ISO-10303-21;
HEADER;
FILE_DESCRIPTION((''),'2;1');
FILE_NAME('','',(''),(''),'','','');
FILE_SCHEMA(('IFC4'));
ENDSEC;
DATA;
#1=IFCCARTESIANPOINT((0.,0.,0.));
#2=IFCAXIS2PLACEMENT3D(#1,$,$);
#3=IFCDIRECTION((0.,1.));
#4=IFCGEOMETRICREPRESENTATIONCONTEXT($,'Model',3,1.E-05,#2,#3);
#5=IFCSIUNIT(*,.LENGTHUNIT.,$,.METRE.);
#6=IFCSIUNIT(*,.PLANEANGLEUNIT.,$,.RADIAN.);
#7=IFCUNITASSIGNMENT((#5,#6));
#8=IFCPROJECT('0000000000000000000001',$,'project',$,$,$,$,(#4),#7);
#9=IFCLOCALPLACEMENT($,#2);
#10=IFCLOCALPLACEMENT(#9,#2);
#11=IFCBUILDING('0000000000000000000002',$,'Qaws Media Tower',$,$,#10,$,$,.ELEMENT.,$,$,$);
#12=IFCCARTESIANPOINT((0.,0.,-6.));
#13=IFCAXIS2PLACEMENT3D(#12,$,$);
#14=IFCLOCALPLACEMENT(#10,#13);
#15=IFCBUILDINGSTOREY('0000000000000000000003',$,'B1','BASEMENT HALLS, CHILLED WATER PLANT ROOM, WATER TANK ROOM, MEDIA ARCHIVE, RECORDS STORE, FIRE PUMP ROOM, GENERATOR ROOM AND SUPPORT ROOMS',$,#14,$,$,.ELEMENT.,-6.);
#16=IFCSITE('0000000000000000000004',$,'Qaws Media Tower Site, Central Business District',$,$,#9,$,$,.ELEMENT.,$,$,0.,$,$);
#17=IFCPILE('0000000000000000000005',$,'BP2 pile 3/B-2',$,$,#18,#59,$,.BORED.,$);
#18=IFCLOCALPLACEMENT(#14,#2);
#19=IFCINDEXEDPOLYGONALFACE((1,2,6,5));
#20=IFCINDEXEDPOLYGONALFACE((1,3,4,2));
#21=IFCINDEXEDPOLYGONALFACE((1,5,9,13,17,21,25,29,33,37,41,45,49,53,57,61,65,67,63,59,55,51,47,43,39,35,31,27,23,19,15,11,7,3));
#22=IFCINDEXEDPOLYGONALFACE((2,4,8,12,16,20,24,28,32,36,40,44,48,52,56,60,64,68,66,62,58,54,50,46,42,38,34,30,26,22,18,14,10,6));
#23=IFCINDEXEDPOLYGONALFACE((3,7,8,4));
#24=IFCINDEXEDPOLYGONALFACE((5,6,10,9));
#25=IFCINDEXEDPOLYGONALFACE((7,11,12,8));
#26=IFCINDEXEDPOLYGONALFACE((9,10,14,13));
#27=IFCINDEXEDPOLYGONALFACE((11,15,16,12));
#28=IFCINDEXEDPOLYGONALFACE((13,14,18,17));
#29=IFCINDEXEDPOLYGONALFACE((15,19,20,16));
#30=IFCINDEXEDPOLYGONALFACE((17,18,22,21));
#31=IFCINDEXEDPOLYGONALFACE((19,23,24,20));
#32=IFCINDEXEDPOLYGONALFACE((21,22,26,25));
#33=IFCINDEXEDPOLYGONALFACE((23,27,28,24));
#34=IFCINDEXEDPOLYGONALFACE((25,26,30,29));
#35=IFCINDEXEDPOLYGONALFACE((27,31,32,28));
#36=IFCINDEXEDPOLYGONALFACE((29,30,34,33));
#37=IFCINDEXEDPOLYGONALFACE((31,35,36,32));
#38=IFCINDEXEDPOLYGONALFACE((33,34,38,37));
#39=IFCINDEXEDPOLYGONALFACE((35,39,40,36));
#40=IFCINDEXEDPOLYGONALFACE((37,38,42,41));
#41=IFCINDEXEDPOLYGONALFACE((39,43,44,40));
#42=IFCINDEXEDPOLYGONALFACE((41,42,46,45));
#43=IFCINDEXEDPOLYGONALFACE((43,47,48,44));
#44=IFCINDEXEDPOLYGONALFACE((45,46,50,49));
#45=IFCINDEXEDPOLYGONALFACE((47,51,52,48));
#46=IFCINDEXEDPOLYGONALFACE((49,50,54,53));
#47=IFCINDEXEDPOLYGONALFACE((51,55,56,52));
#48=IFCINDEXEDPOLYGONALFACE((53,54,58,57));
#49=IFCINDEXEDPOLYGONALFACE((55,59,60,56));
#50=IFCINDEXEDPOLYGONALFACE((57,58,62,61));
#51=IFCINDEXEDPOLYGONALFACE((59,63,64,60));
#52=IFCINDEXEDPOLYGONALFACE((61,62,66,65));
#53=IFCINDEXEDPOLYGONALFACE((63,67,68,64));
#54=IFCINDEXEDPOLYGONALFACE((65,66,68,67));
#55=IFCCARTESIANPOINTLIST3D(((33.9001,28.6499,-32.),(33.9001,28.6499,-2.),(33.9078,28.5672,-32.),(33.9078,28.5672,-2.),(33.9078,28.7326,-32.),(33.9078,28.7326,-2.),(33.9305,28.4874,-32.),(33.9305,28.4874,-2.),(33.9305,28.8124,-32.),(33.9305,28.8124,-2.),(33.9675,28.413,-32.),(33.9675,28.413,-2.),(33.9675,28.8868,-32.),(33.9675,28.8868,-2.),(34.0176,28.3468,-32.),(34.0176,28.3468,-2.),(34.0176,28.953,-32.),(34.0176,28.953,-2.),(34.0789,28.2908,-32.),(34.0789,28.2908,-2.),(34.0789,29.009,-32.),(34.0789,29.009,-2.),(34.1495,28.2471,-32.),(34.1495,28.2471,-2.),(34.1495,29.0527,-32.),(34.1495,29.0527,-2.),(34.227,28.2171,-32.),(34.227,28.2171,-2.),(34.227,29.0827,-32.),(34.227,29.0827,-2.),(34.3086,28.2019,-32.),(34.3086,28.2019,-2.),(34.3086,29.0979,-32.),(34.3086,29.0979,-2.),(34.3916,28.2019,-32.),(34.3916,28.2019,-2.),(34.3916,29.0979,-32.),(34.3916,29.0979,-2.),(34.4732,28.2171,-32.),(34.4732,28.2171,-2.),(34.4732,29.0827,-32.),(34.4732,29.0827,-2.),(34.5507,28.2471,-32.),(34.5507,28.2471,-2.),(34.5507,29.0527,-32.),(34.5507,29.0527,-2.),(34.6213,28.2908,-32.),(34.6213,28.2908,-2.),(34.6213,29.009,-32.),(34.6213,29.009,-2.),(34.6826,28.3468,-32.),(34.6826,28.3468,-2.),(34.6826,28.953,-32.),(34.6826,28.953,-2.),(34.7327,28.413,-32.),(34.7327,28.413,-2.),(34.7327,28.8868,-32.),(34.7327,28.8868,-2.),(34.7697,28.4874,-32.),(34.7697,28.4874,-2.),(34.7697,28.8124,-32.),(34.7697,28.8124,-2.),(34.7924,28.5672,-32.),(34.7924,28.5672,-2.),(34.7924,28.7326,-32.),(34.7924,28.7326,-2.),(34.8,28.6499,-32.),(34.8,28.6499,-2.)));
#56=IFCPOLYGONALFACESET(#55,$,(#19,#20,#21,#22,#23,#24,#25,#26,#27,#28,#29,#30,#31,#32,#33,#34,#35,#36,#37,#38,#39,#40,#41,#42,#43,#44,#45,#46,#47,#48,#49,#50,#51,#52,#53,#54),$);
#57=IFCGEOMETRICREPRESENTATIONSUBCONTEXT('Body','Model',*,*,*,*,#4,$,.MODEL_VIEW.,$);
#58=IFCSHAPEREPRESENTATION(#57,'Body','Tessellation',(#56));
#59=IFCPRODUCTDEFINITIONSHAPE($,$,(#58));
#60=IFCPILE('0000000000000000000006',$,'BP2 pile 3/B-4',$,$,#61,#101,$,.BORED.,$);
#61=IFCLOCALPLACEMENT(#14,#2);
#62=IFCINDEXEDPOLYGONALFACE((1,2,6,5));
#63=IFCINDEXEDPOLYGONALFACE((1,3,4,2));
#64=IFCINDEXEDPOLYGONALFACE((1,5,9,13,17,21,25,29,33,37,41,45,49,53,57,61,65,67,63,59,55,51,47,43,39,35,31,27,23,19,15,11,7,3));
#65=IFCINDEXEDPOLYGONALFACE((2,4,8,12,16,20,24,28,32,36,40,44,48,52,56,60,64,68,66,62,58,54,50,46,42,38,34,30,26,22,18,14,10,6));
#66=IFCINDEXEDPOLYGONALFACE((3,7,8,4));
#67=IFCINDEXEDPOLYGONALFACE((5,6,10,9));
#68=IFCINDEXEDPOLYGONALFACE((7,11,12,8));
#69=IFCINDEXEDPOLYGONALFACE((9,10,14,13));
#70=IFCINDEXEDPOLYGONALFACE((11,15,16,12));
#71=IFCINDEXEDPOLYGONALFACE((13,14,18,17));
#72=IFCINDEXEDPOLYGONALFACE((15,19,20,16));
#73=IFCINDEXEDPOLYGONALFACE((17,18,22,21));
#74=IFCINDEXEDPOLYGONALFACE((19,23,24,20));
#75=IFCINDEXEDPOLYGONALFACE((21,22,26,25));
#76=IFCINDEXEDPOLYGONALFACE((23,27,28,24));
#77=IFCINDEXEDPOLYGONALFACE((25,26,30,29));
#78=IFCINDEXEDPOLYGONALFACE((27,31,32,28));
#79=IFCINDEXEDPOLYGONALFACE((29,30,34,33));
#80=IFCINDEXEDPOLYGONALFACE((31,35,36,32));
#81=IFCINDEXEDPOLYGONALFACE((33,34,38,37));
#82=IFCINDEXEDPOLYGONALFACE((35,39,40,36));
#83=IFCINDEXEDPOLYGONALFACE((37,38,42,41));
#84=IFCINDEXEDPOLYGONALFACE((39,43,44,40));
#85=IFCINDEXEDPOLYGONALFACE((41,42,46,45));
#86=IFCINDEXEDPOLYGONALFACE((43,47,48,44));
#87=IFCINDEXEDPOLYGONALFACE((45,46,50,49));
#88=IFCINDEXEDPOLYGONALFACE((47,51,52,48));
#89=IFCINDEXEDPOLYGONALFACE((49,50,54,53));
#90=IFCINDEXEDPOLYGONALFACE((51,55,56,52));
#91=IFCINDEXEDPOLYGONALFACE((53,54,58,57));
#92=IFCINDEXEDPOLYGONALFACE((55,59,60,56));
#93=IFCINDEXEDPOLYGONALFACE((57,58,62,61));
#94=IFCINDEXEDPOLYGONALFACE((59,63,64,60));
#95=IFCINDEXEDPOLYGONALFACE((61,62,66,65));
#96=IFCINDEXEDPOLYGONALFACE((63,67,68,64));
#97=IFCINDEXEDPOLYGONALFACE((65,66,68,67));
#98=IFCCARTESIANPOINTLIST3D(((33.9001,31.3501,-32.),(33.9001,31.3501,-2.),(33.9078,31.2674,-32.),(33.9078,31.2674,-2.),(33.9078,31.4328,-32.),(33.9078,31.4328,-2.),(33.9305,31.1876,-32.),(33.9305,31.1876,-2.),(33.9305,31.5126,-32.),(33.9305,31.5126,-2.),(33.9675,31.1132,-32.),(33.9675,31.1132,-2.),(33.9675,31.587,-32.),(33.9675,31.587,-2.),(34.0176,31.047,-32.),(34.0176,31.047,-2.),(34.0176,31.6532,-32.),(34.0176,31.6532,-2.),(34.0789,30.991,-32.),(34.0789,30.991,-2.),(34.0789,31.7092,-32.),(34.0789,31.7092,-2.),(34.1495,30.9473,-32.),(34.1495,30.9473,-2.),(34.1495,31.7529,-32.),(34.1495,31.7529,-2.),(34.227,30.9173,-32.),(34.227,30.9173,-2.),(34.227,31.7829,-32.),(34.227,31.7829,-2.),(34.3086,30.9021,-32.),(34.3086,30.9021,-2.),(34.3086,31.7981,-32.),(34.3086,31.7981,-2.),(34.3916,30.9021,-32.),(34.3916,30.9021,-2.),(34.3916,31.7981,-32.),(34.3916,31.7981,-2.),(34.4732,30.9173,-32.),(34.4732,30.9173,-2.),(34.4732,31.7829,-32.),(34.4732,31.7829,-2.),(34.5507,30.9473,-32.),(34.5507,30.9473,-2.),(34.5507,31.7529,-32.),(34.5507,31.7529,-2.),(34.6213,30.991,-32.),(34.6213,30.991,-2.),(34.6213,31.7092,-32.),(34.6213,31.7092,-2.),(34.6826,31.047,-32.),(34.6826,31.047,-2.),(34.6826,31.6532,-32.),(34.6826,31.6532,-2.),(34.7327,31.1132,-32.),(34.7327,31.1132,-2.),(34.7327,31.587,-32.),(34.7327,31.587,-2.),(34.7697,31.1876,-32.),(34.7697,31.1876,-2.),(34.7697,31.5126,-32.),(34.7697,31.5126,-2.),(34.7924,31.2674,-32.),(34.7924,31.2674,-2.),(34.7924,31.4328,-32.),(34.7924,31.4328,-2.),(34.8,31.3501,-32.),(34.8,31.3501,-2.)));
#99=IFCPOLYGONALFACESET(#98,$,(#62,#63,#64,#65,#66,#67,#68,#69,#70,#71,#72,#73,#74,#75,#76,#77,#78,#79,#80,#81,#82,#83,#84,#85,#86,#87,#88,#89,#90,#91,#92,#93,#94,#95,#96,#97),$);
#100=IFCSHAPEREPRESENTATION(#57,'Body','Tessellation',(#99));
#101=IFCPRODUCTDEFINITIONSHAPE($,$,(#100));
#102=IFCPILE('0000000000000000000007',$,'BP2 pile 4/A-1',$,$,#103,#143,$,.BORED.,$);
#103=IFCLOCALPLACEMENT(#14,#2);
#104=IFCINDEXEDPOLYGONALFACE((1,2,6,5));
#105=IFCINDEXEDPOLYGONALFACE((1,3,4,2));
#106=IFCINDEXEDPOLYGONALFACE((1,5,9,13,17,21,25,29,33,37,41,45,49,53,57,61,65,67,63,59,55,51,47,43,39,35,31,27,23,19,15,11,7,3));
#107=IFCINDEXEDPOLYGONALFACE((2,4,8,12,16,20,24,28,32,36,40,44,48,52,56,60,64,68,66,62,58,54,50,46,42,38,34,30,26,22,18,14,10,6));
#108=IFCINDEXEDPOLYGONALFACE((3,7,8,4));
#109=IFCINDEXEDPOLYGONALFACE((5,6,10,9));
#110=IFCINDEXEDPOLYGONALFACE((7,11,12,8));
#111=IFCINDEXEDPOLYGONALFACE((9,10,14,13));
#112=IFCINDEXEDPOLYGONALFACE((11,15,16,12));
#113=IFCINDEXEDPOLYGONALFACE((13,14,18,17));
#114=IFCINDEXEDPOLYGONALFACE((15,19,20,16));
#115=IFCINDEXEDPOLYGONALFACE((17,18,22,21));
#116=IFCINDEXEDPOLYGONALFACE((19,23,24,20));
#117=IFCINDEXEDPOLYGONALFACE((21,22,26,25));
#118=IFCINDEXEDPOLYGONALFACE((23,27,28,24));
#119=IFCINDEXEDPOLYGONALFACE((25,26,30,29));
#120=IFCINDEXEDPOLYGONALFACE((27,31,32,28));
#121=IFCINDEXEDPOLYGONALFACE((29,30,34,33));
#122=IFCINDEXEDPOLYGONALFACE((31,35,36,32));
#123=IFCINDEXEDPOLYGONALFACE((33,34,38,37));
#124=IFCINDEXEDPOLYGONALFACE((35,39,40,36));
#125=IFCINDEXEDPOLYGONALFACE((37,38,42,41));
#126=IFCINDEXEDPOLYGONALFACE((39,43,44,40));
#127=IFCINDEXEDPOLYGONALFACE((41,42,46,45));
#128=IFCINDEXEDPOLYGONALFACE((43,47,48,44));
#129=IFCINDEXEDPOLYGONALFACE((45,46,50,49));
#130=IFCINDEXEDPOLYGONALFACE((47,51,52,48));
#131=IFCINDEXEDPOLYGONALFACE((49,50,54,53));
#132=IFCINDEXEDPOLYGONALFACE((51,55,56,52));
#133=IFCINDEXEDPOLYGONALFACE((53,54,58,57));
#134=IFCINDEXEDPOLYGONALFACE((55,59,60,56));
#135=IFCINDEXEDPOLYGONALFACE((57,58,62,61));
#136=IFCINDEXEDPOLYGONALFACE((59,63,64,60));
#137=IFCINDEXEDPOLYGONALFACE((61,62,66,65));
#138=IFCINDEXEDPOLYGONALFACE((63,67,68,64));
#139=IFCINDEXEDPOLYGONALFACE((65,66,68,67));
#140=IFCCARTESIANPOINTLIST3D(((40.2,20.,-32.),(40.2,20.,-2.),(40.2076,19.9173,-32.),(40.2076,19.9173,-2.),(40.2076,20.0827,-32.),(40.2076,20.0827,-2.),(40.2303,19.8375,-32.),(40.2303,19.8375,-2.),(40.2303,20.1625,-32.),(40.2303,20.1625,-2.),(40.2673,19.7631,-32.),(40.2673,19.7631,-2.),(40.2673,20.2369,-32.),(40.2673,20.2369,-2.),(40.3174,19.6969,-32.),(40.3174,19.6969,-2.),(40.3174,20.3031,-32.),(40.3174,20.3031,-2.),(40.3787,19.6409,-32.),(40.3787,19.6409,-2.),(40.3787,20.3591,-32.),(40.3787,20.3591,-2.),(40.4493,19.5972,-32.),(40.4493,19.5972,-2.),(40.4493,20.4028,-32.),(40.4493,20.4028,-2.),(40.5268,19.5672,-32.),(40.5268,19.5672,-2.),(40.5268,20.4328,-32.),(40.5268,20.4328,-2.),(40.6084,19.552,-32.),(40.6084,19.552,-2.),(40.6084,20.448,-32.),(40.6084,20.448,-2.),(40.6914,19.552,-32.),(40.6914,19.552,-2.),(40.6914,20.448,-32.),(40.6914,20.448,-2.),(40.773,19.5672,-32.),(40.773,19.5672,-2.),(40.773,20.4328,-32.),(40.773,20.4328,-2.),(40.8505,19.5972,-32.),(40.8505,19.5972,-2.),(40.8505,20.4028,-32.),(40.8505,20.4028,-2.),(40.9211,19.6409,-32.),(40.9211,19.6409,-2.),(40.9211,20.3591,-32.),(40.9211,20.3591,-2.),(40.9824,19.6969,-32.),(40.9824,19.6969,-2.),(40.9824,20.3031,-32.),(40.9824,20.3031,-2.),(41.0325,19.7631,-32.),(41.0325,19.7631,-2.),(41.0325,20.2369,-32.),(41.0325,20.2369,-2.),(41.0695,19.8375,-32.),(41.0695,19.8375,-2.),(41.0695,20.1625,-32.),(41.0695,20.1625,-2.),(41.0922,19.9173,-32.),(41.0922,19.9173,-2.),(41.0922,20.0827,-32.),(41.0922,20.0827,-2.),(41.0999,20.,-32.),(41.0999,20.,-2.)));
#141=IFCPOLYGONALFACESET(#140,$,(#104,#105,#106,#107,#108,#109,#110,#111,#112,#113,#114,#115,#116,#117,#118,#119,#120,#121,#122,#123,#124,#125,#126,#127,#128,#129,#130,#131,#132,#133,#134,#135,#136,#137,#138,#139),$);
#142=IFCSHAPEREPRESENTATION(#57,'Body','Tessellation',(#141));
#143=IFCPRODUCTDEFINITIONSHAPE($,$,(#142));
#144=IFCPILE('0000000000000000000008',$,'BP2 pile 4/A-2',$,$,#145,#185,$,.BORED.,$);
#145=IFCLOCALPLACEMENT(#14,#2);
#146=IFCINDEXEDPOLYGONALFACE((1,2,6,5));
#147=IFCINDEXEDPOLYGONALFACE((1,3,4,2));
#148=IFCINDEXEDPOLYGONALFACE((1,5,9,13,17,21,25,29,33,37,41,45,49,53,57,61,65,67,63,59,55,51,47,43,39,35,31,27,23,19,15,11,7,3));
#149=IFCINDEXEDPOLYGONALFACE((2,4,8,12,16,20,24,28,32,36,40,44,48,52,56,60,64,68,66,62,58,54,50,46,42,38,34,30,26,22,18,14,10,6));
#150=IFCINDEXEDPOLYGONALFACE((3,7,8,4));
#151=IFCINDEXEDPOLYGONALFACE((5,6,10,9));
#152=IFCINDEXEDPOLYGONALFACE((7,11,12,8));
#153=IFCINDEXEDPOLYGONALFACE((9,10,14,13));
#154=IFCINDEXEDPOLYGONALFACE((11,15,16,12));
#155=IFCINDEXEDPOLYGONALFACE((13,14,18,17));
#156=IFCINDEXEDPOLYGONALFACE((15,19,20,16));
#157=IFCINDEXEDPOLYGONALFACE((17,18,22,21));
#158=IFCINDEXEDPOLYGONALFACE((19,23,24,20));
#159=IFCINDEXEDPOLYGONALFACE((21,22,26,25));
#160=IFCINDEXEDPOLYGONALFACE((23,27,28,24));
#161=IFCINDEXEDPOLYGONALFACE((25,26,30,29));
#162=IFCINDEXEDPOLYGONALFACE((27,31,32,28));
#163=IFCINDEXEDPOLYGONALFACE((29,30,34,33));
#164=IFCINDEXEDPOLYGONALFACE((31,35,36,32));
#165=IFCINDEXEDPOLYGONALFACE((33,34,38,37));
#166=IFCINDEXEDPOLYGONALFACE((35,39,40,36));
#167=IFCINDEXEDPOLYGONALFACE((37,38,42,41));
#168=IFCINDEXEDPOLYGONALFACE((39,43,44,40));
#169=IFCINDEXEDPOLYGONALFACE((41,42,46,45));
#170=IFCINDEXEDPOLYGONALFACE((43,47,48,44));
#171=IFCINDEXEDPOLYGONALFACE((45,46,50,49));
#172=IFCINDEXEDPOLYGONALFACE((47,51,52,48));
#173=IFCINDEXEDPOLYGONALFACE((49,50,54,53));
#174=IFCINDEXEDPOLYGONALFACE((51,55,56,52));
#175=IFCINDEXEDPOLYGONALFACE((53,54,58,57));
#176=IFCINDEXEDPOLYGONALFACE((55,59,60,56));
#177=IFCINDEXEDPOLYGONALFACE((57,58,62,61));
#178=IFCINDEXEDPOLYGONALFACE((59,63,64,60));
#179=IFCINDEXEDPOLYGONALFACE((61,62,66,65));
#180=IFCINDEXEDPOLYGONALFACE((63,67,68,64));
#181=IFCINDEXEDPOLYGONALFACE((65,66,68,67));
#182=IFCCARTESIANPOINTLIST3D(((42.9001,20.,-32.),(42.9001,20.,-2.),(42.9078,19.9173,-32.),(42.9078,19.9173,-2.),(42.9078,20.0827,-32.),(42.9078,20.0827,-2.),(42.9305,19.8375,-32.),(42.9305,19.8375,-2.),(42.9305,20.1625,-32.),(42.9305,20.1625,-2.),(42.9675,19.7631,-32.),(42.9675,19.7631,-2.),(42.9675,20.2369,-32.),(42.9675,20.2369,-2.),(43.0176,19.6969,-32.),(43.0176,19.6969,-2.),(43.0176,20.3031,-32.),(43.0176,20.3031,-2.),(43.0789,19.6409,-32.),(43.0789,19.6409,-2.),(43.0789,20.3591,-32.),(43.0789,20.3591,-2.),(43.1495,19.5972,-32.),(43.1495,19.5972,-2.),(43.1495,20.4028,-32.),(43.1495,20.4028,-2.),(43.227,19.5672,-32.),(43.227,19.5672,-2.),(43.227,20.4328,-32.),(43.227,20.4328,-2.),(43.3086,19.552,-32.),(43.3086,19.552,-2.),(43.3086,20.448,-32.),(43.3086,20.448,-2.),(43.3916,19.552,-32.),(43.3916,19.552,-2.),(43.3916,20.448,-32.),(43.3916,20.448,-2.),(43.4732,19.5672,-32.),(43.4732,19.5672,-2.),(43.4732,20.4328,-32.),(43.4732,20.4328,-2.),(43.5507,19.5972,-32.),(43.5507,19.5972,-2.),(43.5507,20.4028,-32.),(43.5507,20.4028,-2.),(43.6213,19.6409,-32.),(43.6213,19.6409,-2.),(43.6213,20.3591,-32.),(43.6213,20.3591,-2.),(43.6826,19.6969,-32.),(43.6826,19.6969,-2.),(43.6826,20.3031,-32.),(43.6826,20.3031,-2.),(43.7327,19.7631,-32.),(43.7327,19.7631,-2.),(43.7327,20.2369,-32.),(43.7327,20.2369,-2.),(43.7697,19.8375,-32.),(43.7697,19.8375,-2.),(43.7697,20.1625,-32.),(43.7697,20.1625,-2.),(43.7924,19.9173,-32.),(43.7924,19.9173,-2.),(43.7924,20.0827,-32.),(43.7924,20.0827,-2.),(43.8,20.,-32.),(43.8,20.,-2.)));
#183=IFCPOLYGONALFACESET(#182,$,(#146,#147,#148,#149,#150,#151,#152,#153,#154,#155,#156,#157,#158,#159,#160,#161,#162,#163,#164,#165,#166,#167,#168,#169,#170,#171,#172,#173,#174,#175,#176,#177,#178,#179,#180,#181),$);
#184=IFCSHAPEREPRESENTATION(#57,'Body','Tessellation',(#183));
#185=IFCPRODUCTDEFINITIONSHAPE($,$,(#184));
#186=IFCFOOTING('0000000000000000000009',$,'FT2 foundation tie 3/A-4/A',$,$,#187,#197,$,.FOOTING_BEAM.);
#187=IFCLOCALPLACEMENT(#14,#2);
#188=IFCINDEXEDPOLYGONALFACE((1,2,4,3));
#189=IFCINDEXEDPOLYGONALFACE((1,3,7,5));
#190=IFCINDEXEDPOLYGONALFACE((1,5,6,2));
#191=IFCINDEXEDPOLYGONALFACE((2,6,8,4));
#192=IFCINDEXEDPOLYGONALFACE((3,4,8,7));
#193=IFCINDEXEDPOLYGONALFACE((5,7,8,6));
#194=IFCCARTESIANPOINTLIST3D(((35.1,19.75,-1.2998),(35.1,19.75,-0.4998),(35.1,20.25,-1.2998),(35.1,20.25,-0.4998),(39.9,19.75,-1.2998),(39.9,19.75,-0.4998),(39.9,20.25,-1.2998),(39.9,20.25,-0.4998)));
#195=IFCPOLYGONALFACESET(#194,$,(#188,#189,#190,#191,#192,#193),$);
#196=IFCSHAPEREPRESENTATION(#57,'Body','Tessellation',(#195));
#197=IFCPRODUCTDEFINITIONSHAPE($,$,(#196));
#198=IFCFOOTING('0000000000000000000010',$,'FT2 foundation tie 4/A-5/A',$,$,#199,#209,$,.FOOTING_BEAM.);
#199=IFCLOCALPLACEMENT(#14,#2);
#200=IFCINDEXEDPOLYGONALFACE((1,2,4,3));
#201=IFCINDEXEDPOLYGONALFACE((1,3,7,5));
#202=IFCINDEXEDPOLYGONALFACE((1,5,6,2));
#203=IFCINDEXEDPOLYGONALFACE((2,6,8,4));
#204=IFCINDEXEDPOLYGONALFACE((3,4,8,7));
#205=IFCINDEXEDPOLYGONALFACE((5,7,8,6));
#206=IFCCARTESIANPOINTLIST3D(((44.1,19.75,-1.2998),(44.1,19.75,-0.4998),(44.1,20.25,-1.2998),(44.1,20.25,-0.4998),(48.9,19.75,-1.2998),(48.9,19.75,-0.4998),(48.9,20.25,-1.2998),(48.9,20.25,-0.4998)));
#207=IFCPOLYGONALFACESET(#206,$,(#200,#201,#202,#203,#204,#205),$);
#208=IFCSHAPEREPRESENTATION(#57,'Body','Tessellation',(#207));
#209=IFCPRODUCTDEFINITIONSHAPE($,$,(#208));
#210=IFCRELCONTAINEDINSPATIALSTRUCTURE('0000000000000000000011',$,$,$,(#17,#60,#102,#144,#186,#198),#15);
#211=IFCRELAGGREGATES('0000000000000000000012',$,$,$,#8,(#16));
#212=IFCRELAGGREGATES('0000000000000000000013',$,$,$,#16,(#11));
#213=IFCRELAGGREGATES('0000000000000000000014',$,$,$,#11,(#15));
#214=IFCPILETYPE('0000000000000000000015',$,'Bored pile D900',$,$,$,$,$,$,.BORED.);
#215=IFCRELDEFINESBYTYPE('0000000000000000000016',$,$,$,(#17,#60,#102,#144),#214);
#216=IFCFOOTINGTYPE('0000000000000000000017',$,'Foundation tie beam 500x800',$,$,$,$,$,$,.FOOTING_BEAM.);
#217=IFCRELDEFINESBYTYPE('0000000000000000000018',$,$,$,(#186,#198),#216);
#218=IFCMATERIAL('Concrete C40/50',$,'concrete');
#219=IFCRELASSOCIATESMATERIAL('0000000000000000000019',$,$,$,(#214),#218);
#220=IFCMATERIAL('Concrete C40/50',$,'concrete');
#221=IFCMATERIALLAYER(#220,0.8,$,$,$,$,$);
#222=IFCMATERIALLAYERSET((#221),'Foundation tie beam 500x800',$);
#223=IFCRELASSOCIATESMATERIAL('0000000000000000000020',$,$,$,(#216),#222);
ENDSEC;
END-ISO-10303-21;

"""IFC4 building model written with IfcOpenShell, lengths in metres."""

from ifc_helpers import new_model, si_unit, direction, frame, origin, origin_2d, place, context, subcontext, project, spatial, rectangle, circle, extrude, material, layer, layer_set, material_profile, profile_set, type_object, element, save


model = new_model("IFC4")

# Units and contexts
model_context = context("Model", 3, precision=1e-05, world=origin(), true_north=direction((0.0, 1.0)))
body_context = subcontext(model_context, "Body", "Model", "MODEL_VIEW")
ifc_project = project(units=[si_unit("LENGTHUNIT", "METRE"), si_unit("PLANEANGLEUNIT", "RADIAN")], contexts=[model_context])

# Site, building, storey
site_placement = place(None, origin())
site = spatial("IfcSite", under=ifc_project, at=site_placement, Name="Qaws Media Tower Site, Central Business District", CompositionType="ELEMENT", RefElevation=0.0)
building_placement = place(site_placement, origin())
building = spatial("IfcBuilding", under=site, at=building_placement, Name="Qaws Media Tower", CompositionType="ELEMENT")
storey_placement = place(building_placement, frame((0.0, 0.0, -6.0)))
storey = spatial("IfcBuildingStorey", under=building, at=storey_placement, Name="B1", Description="BASEMENT HALLS, CHILLED WATER PLANT ROOM, WATER TANK ROOM, MEDIA ARCHIVE, RECORDS STORE, FIRE PUMP ROOM, GENERATOR ROOM AND SUPPORT ROOMS", CompositionType="ELEMENT", Elevation=-6.0)

# Piles
ifc_material_1 = material(Name="Concrete C40/50", Category="concrete")
ifc_material_profile_1 = material_profile(ifc_material_1, circle(Radius=0.45, at=origin_2d()), Name="D900")
ifc_profile_set_1 = profile_set([ifc_material_profile_1], Name="Concrete C40/50")
pile_type_1 = type_object("IfcPileType", Name="Bored pile D900", PredefinedType="BORED", material=ifc_profile_set_1)
for number, where, z_axis, x_axis, name in (
    (1, (34.3501, 28.6499, -2.0), (0.0, 0.0, -1.0), (1.0, 0.0, 0.0), "BP2 pile 3/B-2"),
    (2, (34.3501, 31.3501, -2.0), (0.0, 0.0, -1.0), (1.0, 0.0, 0.0), "BP2 pile 3/B-4"),
    (3, (40.6499, 20.0, -2.0), (0.0, 0.0, -1.0), (1.0, 0.0, 0.0), "BP2 pile 4/A-1"),
    (4, (43.3501, 20.0, -2.0), (0.0, 0.0, -1.0), (1.0, 0.0, 0.0), "BP2 pile 4/A-2"),
):
    element("IfcPile", number, at=place(storey_placement, frame(where, z_axis=z_axis, x_axis=x_axis)), inside=storey, type_object=pile_type_1, Name=name, PredefinedType="BORED", context=body_context, shape_type="SweptSolid", body=[
        extrude(circle(Radius=0.45, at=origin_2d()), origin(), (0.0, 0.0, 1.0), 30.0),
    ])

# Footings
ifc_material_2 = material(Name="Concrete C40/50", Category="concrete")
ifc_layer_1 = layer(ifc_material_2, 0.8)
ifc_layer_set_1 = layer_set([ifc_layer_1], Name="Foundation tie beam 500x800")
footing_type_1 = type_object("IfcFootingType", Name="Foundation tie beam 500x800", PredefinedType="FOOTING_BEAM", material=ifc_layer_set_1)
for number, where, z_axis, x_axis, name in (
    (5, (37.5, 20.0, -1.2998), (0.0, 0.0, 1.0), (1.0, 0.0, 0.0), "FT2 foundation tie 3/A-4/A"),
    (6, (46.5, 20.0, -1.2998), (0.0, 0.0, 1.0), (1.0, 0.0, 0.0), "FT2 foundation tie 4/A-5/A"),
):
    element("IfcFooting", number, at=place(storey_placement, frame(where, z_axis=z_axis, x_axis=x_axis)), inside=storey, type_object=footing_type_1, Name=name, PredefinedType="FOOTING_BEAM", context=body_context, shape_type="SweptSolid", body=[
        extrude(rectangle(XDim=4.8, YDim=0.5, at=origin_2d()), origin(), (0.0, 0.0, 1.0), 0.8),
    ])

save(model, "model.ifc")
